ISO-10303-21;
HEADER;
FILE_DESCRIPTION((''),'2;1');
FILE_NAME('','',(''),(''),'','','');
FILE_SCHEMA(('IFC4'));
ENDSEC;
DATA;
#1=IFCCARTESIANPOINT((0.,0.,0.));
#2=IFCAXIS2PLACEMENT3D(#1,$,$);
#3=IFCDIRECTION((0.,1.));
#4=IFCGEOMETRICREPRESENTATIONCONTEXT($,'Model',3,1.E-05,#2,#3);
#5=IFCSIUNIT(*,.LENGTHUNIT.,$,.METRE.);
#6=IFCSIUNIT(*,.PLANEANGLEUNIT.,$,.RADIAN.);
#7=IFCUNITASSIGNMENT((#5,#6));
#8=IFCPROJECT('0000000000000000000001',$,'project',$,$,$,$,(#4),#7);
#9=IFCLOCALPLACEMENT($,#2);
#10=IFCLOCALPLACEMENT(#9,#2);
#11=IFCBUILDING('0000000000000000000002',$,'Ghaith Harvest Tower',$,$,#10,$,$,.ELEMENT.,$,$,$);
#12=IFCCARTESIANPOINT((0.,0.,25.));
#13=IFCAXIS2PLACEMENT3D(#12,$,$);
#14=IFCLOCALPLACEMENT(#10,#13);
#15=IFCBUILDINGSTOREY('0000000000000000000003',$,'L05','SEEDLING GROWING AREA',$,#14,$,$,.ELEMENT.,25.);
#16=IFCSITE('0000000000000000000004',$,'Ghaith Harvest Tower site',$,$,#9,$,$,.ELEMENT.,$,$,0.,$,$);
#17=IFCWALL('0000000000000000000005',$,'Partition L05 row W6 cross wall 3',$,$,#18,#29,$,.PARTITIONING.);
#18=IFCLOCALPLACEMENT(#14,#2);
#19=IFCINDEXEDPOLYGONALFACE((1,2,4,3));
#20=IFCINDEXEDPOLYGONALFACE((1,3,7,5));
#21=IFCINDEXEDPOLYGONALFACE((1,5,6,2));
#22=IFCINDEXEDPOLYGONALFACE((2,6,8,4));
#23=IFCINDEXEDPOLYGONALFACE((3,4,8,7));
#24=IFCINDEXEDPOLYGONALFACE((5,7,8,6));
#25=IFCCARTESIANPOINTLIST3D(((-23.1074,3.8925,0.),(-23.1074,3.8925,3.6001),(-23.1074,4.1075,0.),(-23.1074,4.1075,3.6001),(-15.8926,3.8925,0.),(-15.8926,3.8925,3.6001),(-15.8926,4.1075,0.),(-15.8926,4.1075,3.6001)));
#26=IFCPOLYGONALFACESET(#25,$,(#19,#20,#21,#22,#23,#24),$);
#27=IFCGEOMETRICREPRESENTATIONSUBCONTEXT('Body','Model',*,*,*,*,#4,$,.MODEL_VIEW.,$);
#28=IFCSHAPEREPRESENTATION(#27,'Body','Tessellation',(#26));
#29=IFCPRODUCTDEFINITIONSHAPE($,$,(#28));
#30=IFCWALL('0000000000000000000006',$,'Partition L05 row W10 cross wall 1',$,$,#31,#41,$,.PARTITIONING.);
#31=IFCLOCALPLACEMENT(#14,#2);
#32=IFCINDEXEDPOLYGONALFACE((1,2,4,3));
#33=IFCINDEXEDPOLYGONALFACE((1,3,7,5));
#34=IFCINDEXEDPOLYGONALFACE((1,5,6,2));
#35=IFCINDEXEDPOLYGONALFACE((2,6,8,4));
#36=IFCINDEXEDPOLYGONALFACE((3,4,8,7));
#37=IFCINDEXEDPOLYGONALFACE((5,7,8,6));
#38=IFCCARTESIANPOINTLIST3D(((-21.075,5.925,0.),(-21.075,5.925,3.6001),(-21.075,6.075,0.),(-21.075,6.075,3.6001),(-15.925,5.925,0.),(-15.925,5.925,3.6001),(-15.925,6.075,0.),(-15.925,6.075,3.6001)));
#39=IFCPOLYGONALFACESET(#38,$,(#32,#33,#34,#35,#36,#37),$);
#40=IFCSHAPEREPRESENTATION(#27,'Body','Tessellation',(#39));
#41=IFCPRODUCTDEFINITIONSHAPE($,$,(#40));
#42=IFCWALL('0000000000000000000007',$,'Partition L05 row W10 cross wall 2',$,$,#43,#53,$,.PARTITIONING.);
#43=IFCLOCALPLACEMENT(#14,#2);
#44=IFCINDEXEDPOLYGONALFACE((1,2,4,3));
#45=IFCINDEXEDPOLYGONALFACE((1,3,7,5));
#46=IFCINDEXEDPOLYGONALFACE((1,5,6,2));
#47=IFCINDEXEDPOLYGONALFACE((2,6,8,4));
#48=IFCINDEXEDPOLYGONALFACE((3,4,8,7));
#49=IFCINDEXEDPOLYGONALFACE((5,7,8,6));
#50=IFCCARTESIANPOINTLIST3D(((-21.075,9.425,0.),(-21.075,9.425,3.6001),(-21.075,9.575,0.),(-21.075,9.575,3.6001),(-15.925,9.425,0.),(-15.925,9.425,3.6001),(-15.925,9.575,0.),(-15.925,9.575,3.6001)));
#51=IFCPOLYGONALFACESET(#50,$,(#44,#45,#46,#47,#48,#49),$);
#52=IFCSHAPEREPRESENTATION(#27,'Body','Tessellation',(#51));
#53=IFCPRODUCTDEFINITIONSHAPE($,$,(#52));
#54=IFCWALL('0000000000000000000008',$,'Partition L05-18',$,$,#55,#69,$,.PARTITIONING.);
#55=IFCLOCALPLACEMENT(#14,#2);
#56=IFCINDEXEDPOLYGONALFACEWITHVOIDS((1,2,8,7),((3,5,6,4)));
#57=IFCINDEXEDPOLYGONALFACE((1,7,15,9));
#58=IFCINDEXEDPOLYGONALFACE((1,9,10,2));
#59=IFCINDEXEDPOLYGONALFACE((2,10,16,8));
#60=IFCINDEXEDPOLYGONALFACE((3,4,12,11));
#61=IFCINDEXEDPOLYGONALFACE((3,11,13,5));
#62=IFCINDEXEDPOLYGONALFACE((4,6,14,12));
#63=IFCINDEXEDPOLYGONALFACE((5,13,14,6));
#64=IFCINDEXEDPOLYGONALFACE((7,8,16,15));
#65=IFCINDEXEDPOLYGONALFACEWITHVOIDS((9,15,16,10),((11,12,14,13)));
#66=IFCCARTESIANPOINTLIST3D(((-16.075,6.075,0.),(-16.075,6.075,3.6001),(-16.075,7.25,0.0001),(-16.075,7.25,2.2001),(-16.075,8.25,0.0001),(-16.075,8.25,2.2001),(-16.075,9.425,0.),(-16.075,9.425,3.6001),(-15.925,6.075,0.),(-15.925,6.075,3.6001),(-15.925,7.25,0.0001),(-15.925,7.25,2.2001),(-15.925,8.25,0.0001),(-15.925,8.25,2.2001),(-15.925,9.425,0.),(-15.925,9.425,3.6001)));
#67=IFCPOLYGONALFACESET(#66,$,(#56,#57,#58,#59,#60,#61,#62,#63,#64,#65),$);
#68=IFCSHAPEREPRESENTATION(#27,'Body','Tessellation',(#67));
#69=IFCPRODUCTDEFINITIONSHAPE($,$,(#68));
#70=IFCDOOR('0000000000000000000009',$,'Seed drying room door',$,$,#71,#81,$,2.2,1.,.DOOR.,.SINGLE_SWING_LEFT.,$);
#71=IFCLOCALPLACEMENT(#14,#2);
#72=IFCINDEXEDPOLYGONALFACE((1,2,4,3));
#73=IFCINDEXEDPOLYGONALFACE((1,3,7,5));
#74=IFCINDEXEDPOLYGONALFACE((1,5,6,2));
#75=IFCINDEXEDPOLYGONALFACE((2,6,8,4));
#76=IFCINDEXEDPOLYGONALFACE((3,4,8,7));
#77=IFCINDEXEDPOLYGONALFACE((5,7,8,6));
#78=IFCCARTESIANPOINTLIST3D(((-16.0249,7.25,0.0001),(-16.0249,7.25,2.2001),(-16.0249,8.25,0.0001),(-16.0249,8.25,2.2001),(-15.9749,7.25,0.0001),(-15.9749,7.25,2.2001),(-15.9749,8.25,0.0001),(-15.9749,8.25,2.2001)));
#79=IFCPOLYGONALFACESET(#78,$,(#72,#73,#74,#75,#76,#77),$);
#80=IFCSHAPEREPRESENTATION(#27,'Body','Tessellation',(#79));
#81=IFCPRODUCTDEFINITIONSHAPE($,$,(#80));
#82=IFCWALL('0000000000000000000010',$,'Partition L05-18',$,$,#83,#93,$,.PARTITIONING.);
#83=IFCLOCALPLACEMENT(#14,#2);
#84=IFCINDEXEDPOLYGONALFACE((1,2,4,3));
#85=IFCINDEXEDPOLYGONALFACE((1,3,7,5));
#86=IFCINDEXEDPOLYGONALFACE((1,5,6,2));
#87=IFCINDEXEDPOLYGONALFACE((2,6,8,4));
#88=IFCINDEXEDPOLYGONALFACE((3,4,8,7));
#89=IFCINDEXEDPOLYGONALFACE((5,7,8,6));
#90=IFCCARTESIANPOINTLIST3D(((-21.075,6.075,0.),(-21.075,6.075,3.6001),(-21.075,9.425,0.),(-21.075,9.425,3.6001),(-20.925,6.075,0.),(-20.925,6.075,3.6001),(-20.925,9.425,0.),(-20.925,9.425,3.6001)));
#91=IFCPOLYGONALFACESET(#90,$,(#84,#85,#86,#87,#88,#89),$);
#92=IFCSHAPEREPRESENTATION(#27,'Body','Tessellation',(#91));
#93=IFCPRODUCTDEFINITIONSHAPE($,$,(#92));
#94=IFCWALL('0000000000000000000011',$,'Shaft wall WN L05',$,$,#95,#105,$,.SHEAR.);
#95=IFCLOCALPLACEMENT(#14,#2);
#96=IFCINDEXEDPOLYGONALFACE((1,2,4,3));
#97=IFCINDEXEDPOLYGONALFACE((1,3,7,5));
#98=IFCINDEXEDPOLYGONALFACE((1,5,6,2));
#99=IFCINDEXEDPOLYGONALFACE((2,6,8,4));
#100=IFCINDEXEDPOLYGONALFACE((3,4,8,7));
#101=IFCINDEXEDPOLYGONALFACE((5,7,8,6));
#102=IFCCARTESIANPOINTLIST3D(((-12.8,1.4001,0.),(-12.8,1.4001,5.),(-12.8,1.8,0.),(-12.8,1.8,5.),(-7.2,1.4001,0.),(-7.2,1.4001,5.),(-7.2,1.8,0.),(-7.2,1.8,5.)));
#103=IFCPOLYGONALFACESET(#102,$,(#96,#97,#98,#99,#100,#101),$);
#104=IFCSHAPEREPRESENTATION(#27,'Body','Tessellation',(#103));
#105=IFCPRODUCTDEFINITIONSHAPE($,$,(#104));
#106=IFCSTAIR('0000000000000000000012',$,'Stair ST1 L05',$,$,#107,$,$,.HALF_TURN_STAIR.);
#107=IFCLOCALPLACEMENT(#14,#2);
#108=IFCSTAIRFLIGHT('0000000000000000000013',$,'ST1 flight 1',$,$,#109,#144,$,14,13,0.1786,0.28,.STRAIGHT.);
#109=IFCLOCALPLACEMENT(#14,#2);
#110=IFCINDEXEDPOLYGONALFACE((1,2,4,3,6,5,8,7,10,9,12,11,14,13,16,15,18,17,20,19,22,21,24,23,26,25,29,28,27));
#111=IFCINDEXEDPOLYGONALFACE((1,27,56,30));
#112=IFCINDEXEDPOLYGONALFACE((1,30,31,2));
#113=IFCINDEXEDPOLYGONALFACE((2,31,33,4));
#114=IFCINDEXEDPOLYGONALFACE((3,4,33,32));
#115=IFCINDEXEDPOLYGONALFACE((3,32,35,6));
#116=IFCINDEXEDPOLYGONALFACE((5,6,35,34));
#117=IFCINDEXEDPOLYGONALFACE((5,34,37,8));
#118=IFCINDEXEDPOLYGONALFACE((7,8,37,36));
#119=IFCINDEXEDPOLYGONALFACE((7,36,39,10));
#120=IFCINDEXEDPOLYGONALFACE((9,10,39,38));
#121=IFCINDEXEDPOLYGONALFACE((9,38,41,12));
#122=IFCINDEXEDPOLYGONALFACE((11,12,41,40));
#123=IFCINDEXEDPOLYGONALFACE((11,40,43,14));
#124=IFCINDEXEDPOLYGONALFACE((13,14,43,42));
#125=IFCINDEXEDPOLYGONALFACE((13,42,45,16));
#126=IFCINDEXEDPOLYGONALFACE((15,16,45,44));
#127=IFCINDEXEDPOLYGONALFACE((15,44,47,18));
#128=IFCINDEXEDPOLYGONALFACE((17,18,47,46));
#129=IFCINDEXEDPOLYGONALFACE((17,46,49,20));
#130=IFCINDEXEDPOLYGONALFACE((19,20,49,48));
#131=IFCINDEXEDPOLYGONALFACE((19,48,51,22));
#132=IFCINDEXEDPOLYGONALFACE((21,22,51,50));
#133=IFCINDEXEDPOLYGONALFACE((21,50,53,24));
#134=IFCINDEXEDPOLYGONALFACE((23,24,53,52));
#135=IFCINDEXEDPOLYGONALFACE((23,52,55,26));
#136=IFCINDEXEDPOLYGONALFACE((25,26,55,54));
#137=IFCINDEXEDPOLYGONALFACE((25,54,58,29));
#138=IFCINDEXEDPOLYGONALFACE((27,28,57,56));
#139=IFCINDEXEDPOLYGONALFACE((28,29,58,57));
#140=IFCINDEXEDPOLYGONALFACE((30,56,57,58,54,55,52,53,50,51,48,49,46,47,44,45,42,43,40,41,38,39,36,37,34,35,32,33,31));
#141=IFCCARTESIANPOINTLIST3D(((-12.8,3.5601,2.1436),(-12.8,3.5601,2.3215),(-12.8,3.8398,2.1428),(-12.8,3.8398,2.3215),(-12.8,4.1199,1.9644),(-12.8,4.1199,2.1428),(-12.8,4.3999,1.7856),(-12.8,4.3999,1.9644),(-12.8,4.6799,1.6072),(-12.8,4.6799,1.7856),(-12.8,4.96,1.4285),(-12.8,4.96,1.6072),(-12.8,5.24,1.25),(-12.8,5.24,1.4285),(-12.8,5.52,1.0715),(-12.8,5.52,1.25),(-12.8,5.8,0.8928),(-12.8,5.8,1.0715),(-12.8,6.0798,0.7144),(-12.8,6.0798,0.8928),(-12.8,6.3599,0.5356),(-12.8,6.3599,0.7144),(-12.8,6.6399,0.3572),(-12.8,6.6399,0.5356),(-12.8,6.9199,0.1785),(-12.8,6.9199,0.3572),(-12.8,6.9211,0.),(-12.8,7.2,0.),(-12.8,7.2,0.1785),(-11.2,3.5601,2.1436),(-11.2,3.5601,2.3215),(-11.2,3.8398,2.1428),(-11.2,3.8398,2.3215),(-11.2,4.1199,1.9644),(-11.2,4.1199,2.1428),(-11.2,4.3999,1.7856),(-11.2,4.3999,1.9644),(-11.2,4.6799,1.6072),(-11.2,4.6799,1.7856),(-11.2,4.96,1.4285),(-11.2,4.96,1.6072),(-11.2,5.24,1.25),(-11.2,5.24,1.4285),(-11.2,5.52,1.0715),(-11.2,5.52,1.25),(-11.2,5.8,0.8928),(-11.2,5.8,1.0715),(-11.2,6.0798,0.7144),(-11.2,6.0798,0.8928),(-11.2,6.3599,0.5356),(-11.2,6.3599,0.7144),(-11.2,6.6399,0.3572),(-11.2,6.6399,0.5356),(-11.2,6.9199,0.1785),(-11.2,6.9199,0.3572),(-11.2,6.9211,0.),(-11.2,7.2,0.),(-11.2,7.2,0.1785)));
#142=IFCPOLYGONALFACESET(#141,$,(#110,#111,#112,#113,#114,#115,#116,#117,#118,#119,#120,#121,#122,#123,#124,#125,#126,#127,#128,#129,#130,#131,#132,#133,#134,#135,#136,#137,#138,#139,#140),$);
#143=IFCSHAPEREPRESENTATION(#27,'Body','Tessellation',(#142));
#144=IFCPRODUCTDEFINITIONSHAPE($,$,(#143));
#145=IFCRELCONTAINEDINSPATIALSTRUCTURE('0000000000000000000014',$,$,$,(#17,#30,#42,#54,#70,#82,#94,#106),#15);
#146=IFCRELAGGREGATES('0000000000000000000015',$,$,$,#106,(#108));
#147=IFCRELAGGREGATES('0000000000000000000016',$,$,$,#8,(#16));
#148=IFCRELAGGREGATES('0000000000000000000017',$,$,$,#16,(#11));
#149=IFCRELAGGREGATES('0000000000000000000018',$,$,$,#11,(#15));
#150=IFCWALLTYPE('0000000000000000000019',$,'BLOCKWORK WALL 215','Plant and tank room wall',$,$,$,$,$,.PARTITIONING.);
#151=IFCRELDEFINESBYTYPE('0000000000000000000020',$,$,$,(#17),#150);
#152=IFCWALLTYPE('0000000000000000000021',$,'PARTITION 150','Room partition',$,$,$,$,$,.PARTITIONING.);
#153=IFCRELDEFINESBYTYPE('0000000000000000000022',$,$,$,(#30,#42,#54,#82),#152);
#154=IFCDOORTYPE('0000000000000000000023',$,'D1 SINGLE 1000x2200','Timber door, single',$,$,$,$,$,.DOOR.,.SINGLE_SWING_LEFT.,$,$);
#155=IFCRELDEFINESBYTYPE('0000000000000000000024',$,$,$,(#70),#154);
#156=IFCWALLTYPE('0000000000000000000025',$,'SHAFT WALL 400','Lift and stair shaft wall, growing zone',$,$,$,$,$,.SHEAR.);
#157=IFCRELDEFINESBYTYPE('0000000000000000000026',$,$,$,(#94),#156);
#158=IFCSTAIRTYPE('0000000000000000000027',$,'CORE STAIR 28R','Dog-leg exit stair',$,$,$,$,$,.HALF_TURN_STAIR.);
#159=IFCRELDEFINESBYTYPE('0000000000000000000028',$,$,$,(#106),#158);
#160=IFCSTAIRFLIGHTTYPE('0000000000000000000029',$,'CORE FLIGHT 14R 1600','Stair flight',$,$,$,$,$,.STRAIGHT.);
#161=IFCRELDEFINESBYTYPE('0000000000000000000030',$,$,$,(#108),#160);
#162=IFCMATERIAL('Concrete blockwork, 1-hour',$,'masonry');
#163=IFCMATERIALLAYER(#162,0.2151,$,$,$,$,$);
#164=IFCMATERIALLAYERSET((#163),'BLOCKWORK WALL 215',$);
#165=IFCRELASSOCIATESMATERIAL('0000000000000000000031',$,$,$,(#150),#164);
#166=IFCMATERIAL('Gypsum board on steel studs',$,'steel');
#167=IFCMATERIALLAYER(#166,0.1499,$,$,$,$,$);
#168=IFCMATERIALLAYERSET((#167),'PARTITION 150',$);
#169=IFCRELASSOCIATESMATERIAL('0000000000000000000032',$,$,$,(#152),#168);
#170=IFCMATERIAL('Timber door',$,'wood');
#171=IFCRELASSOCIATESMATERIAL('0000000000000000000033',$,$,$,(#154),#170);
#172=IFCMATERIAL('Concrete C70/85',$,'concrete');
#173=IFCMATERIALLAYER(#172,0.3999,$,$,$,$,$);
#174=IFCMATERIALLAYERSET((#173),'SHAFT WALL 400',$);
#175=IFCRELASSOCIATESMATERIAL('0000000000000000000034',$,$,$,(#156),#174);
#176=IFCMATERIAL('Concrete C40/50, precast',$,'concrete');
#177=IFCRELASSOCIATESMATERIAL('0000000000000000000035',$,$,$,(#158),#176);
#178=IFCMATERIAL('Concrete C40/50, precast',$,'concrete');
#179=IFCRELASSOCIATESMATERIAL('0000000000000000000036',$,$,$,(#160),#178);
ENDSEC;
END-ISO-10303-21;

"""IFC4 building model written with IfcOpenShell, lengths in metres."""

from ifc_helpers import new_model, si_unit, direction, frame, frame_2d, origin, place, context, subcontext, project, spatial, polyline, rectangle, outline, extrude, material, layer, layer_set, type_object, element, fill, aggregate, save


model = new_model("IFC4")

# Units and contexts
model_context = context("Model", 3, precision=1e-05, world=origin(), true_north=direction((0.0, 1.0)))
body_context = subcontext(model_context, "Body", "Model", "MODEL_VIEW")
ifc_project = project(units=[si_unit("LENGTHUNIT", "METRE"), si_unit("PLANEANGLEUNIT", "RADIAN")], contexts=[model_context])

# Site, building, storey
site_placement = place(None, origin())
site = spatial("IfcSite", under=ifc_project, at=site_placement, Name="Ghaith Harvest Tower site", CompositionType="ELEMENT", RefElevation=0.0)
building_placement = place(site_placement, origin())
building = spatial("IfcBuilding", under=site, at=building_placement, Name="Ghaith Harvest Tower", CompositionType="ELEMENT")
storey_placement = place(building_placement, frame((0.0, 0.0, 25.0)))
storey = spatial("IfcBuildingStorey", under=building, at=storey_placement, Name="L05", Description="SEEDLING GROWING AREA", CompositionType="ELEMENT", Elevation=25.0)

# Wall
ifc_material_1 = material(Name="Concrete blockwork, 1-hour", Category="masonry")
ifc_layer_1 = layer(ifc_material_1, 0.2151)
ifc_layer_set_1 = layer_set([ifc_layer_1], Name="BLOCKWORK WALL 215")
wall_type_1 = type_object("IfcWallType", Name="BLOCKWORK WALL 215", Description="Plant and tank room wall", PredefinedType="PARTITIONING", material=ifc_layer_set_1)
wall_1_placement = place(storey_placement, frame((-15.8926, 4.0, 0.0), z_axis=(0.0, 0.0, 1.0), x_axis=(-1.0, 0.0, 0.0)))
element("IfcWall", 1, at=wall_1_placement, inside=storey, type_object=wall_type_1, Name="Partition L05 row W6 cross wall 3", PredefinedType="PARTITIONING", context=body_context, shape_type="SweptSolid", body=[
    extrude(rectangle(XDim=7.2148, YDim=0.2151, at=frame_2d((3.6074, 0.0))), origin(), (0.0, 0.0, 1.0), 3.6001),
])

# Walls
ifc_material_2 = material(Name="Gypsum board on steel studs", Category="steel")
ifc_layer_2 = layer(ifc_material_2, 0.1499)
ifc_layer_set_2 = layer_set([ifc_layer_2], Name="PARTITION 150")
wall_type_2 = type_object("IfcWallType", Name="PARTITION 150", Description="Room partition", PredefinedType="PARTITIONING", material=ifc_layer_set_2)
for number, where, z_axis, x_axis, name in (
    (2, (-15.925, 6.0, 0.0), (0.0, 0.0, 1.0), (-1.0, 0.0, 0.0), "Partition L05 row W10 cross wall 1"),
    (3, (-15.925, 9.5, 0.0), (0.0, 0.0, 1.0), (-1.0, 0.0, 0.0), "Partition L05 row W10 cross wall 2"),
):
    element("IfcWall", number, at=place(storey_placement, frame(where, z_axis=z_axis, x_axis=x_axis)), inside=storey, type_object=wall_type_2, Name=name, PredefinedType="PARTITIONING", context=body_context, shape_type="SweptSolid", body=[
        extrude(rectangle(XDim=5.1499, YDim=0.1499, at=frame_2d((2.575, 0.0))), origin(), (0.0, 0.0, 1.0), 3.6001),
    ])

# Wall, opening, door
wall_2_placement = place(storey_placement, frame((-16.0, 6.075, 0.0), z_axis=(0.0, 0.0, 1.0), x_axis=(0.0, 1.0, 0.0)))
wall_2 = element("IfcWall", 4, at=wall_2_placement, inside=storey, type_object=wall_type_2, Name="Partition L05-18", PredefinedType="PARTITIONING", context=body_context, shape_type="SweptSolid", body=[
    extrude(rectangle(XDim=3.3501, YDim=0.1499, at=frame_2d((1.675, 0.0))), origin(), (0.0, 0.0, 1.0), 3.6001),
])
opening_1_placement = place(wall_2_placement, frame((1.175, 0.0, 0.0)))
opening_1 = element("IfcOpeningElement", 5, at=opening_1_placement, cuts=wall_2, PredefinedType="OPENING", context=body_context, shape_type="SweptSolid", body=[
    extrude(rectangle(XDim=1.0, YDim=2.2, at=frame_2d((0.5, 1.1001))), frame((0.0, 0.085, 0.0), z_axis=(0.0, -1.0, 0.0), x_axis=(1.0, 0.0, 0.0)), (0.0, 0.0, 1.0), 0.1699),
])
ifc_material_3 = material(Name="Timber door", Category="wood")
door_type_1 = type_object("IfcDoorType", Name="D1 SINGLE 1000x2200", Description="Timber door, single", OperationType="SINGLE_SWING_LEFT", PredefinedType="DOOR", material=ifc_material_3)
door_1_placement = place(opening_1_placement, origin())
door_1 = element("IfcDoor", 6, at=door_1_placement, inside=storey, type_object=door_type_1, Name="Seed drying room door", OperationType="SINGLE_SWING_LEFT", OverallHeight=2.2, OverallWidth=1.0, PredefinedType="DOOR", context=body_context, shape_type="SweptSolid", body=[
    extrude(rectangle(XDim=1.0, YDim=2.2, at=frame_2d((0.5, 1.1001))), frame((0.0, 0.0249, 0.0), z_axis=(0.0, -1.0, 0.0), x_axis=(1.0, 0.0, 0.0)), (0.0, 0.0, 1.0), 0.05),
])
fill(opening_1, door_1)

# Walls
wall_3_placement = place(storey_placement, frame((-21.0, 6.075, 0.0), z_axis=(0.0, 0.0, 1.0), x_axis=(0.0, 1.0, 0.0)))
element("IfcWall", 7, at=wall_3_placement, inside=storey, type_object=wall_type_2, Name="Partition L05-18", PredefinedType="PARTITIONING", context=body_context, shape_type="SweptSolid", body=[
    extrude(rectangle(XDim=3.3501, YDim=0.1499, at=frame_2d((1.675, 0.0))), origin(), (0.0, 0.0, 1.0), 3.6001),
])
ifc_material_4 = material(Name="Concrete C70/85", Category="concrete")
ifc_layer_3 = layer(ifc_material_4, 0.3999)
ifc_layer_set_3 = layer_set([ifc_layer_3], Name="SHAFT WALL 400")
wall_type_3 = type_object("IfcWallType", Name="SHAFT WALL 400", Description="Lift and stair shaft wall, growing zone", PredefinedType="SHEAR", material=ifc_layer_set_3)
wall_4_placement = place(storey_placement, frame((-12.8, 1.6001, 0.0), z_axis=(0.0, 0.0, 1.0), x_axis=(1.0, 0.0, 0.0)))
element("IfcWall", 8, at=wall_4_placement, inside=storey, type_object=wall_type_3, Name="Shaft wall WN L05", PredefinedType="SHEAR", context=body_context, shape_type="SweptSolid", body=[
    extrude(rectangle(XDim=5.6001, YDim=0.3999, at=frame_2d((2.8, 0.0))), origin(), (0.0, 0.0, 1.0), 5.0),
])

# Stair, stair flight
ifc_material_5 = material(Name="Concrete C40/50, precast", Category="concrete")
stair_type = type_object("IfcStairType", Name="CORE STAIR 28R", Description="Dog-leg exit stair", PredefinedType="HALF_TURN_STAIR", material=ifc_material_5)
stair_placement = place(storey_placement, origin())
stair = element("IfcStair", 9, at=stair_placement, inside=storey, type_object=stair_type, Name="Stair ST1 L05", PredefinedType="HALF_TURN_STAIR")
ifc_material_6 = material(Name="Concrete C40/50, precast", Category="concrete")
stair_flight_type = type_object("IfcStairFlightType", Name="CORE FLIGHT 14R 1600", Description="Stair flight", PredefinedType="STRAIGHT", material=ifc_material_6)
stair_flight_placement = place(storey_placement, frame((-12.0, 7.2, 0.0), z_axis=(0.0, 0.0, 1.0), x_axis=(0.0, -1.0, 0.0)))
stair_flight = element("IfcStairFlight", 10, at=stair_flight_placement, type_object=stair_flight_type, Name="ST1 flight 1", NumberOfRisers=14, NumberOfTreads=13, PredefinedType="STRAIGHT", RiserHeight=0.1786, TreadLength=0.28, context=body_context, shape_type="SweptSolid", body=[
    extrude(outline(polyline([(0.0, 0.0), (0.0, 0.1785), (0.28, 0.1785), (0.28, 0.3572), (0.5601, 0.3572), (0.5601, 0.5356), (0.8401, 0.5356), (0.8401, 0.7144), (1.1201, 0.7144), (1.1201, 0.8928), (1.3999, 0.8928), (1.3999, 1.0715), (1.6799, 1.0715), (1.6799, 1.25), (1.96, 1.25), (1.96, 1.4285), (2.24, 1.4285), (2.24, 1.6072), (2.52, 1.6072), (2.52, 1.7856), (2.8, 1.7856), (2.8, 1.9644), (3.0801, 1.9644), (3.0801, 2.1428), (3.3601, 2.1428), (3.3601, 2.3215), (3.6399, 2.3215), (3.6399, 2.5), (3.6399, 2.1436), (0.2788, 0.0), (0.0, 0.0)])), frame((0.0, 0.8, 0.0), z_axis=(0.0, -1.0, 0.0), x_axis=(1.0, 0.0, 0.0)), (0.0, 0.0, 1.0), 1.6001),
])
aggregate(stair, [stair_flight])

save(model, "model.ifc")
